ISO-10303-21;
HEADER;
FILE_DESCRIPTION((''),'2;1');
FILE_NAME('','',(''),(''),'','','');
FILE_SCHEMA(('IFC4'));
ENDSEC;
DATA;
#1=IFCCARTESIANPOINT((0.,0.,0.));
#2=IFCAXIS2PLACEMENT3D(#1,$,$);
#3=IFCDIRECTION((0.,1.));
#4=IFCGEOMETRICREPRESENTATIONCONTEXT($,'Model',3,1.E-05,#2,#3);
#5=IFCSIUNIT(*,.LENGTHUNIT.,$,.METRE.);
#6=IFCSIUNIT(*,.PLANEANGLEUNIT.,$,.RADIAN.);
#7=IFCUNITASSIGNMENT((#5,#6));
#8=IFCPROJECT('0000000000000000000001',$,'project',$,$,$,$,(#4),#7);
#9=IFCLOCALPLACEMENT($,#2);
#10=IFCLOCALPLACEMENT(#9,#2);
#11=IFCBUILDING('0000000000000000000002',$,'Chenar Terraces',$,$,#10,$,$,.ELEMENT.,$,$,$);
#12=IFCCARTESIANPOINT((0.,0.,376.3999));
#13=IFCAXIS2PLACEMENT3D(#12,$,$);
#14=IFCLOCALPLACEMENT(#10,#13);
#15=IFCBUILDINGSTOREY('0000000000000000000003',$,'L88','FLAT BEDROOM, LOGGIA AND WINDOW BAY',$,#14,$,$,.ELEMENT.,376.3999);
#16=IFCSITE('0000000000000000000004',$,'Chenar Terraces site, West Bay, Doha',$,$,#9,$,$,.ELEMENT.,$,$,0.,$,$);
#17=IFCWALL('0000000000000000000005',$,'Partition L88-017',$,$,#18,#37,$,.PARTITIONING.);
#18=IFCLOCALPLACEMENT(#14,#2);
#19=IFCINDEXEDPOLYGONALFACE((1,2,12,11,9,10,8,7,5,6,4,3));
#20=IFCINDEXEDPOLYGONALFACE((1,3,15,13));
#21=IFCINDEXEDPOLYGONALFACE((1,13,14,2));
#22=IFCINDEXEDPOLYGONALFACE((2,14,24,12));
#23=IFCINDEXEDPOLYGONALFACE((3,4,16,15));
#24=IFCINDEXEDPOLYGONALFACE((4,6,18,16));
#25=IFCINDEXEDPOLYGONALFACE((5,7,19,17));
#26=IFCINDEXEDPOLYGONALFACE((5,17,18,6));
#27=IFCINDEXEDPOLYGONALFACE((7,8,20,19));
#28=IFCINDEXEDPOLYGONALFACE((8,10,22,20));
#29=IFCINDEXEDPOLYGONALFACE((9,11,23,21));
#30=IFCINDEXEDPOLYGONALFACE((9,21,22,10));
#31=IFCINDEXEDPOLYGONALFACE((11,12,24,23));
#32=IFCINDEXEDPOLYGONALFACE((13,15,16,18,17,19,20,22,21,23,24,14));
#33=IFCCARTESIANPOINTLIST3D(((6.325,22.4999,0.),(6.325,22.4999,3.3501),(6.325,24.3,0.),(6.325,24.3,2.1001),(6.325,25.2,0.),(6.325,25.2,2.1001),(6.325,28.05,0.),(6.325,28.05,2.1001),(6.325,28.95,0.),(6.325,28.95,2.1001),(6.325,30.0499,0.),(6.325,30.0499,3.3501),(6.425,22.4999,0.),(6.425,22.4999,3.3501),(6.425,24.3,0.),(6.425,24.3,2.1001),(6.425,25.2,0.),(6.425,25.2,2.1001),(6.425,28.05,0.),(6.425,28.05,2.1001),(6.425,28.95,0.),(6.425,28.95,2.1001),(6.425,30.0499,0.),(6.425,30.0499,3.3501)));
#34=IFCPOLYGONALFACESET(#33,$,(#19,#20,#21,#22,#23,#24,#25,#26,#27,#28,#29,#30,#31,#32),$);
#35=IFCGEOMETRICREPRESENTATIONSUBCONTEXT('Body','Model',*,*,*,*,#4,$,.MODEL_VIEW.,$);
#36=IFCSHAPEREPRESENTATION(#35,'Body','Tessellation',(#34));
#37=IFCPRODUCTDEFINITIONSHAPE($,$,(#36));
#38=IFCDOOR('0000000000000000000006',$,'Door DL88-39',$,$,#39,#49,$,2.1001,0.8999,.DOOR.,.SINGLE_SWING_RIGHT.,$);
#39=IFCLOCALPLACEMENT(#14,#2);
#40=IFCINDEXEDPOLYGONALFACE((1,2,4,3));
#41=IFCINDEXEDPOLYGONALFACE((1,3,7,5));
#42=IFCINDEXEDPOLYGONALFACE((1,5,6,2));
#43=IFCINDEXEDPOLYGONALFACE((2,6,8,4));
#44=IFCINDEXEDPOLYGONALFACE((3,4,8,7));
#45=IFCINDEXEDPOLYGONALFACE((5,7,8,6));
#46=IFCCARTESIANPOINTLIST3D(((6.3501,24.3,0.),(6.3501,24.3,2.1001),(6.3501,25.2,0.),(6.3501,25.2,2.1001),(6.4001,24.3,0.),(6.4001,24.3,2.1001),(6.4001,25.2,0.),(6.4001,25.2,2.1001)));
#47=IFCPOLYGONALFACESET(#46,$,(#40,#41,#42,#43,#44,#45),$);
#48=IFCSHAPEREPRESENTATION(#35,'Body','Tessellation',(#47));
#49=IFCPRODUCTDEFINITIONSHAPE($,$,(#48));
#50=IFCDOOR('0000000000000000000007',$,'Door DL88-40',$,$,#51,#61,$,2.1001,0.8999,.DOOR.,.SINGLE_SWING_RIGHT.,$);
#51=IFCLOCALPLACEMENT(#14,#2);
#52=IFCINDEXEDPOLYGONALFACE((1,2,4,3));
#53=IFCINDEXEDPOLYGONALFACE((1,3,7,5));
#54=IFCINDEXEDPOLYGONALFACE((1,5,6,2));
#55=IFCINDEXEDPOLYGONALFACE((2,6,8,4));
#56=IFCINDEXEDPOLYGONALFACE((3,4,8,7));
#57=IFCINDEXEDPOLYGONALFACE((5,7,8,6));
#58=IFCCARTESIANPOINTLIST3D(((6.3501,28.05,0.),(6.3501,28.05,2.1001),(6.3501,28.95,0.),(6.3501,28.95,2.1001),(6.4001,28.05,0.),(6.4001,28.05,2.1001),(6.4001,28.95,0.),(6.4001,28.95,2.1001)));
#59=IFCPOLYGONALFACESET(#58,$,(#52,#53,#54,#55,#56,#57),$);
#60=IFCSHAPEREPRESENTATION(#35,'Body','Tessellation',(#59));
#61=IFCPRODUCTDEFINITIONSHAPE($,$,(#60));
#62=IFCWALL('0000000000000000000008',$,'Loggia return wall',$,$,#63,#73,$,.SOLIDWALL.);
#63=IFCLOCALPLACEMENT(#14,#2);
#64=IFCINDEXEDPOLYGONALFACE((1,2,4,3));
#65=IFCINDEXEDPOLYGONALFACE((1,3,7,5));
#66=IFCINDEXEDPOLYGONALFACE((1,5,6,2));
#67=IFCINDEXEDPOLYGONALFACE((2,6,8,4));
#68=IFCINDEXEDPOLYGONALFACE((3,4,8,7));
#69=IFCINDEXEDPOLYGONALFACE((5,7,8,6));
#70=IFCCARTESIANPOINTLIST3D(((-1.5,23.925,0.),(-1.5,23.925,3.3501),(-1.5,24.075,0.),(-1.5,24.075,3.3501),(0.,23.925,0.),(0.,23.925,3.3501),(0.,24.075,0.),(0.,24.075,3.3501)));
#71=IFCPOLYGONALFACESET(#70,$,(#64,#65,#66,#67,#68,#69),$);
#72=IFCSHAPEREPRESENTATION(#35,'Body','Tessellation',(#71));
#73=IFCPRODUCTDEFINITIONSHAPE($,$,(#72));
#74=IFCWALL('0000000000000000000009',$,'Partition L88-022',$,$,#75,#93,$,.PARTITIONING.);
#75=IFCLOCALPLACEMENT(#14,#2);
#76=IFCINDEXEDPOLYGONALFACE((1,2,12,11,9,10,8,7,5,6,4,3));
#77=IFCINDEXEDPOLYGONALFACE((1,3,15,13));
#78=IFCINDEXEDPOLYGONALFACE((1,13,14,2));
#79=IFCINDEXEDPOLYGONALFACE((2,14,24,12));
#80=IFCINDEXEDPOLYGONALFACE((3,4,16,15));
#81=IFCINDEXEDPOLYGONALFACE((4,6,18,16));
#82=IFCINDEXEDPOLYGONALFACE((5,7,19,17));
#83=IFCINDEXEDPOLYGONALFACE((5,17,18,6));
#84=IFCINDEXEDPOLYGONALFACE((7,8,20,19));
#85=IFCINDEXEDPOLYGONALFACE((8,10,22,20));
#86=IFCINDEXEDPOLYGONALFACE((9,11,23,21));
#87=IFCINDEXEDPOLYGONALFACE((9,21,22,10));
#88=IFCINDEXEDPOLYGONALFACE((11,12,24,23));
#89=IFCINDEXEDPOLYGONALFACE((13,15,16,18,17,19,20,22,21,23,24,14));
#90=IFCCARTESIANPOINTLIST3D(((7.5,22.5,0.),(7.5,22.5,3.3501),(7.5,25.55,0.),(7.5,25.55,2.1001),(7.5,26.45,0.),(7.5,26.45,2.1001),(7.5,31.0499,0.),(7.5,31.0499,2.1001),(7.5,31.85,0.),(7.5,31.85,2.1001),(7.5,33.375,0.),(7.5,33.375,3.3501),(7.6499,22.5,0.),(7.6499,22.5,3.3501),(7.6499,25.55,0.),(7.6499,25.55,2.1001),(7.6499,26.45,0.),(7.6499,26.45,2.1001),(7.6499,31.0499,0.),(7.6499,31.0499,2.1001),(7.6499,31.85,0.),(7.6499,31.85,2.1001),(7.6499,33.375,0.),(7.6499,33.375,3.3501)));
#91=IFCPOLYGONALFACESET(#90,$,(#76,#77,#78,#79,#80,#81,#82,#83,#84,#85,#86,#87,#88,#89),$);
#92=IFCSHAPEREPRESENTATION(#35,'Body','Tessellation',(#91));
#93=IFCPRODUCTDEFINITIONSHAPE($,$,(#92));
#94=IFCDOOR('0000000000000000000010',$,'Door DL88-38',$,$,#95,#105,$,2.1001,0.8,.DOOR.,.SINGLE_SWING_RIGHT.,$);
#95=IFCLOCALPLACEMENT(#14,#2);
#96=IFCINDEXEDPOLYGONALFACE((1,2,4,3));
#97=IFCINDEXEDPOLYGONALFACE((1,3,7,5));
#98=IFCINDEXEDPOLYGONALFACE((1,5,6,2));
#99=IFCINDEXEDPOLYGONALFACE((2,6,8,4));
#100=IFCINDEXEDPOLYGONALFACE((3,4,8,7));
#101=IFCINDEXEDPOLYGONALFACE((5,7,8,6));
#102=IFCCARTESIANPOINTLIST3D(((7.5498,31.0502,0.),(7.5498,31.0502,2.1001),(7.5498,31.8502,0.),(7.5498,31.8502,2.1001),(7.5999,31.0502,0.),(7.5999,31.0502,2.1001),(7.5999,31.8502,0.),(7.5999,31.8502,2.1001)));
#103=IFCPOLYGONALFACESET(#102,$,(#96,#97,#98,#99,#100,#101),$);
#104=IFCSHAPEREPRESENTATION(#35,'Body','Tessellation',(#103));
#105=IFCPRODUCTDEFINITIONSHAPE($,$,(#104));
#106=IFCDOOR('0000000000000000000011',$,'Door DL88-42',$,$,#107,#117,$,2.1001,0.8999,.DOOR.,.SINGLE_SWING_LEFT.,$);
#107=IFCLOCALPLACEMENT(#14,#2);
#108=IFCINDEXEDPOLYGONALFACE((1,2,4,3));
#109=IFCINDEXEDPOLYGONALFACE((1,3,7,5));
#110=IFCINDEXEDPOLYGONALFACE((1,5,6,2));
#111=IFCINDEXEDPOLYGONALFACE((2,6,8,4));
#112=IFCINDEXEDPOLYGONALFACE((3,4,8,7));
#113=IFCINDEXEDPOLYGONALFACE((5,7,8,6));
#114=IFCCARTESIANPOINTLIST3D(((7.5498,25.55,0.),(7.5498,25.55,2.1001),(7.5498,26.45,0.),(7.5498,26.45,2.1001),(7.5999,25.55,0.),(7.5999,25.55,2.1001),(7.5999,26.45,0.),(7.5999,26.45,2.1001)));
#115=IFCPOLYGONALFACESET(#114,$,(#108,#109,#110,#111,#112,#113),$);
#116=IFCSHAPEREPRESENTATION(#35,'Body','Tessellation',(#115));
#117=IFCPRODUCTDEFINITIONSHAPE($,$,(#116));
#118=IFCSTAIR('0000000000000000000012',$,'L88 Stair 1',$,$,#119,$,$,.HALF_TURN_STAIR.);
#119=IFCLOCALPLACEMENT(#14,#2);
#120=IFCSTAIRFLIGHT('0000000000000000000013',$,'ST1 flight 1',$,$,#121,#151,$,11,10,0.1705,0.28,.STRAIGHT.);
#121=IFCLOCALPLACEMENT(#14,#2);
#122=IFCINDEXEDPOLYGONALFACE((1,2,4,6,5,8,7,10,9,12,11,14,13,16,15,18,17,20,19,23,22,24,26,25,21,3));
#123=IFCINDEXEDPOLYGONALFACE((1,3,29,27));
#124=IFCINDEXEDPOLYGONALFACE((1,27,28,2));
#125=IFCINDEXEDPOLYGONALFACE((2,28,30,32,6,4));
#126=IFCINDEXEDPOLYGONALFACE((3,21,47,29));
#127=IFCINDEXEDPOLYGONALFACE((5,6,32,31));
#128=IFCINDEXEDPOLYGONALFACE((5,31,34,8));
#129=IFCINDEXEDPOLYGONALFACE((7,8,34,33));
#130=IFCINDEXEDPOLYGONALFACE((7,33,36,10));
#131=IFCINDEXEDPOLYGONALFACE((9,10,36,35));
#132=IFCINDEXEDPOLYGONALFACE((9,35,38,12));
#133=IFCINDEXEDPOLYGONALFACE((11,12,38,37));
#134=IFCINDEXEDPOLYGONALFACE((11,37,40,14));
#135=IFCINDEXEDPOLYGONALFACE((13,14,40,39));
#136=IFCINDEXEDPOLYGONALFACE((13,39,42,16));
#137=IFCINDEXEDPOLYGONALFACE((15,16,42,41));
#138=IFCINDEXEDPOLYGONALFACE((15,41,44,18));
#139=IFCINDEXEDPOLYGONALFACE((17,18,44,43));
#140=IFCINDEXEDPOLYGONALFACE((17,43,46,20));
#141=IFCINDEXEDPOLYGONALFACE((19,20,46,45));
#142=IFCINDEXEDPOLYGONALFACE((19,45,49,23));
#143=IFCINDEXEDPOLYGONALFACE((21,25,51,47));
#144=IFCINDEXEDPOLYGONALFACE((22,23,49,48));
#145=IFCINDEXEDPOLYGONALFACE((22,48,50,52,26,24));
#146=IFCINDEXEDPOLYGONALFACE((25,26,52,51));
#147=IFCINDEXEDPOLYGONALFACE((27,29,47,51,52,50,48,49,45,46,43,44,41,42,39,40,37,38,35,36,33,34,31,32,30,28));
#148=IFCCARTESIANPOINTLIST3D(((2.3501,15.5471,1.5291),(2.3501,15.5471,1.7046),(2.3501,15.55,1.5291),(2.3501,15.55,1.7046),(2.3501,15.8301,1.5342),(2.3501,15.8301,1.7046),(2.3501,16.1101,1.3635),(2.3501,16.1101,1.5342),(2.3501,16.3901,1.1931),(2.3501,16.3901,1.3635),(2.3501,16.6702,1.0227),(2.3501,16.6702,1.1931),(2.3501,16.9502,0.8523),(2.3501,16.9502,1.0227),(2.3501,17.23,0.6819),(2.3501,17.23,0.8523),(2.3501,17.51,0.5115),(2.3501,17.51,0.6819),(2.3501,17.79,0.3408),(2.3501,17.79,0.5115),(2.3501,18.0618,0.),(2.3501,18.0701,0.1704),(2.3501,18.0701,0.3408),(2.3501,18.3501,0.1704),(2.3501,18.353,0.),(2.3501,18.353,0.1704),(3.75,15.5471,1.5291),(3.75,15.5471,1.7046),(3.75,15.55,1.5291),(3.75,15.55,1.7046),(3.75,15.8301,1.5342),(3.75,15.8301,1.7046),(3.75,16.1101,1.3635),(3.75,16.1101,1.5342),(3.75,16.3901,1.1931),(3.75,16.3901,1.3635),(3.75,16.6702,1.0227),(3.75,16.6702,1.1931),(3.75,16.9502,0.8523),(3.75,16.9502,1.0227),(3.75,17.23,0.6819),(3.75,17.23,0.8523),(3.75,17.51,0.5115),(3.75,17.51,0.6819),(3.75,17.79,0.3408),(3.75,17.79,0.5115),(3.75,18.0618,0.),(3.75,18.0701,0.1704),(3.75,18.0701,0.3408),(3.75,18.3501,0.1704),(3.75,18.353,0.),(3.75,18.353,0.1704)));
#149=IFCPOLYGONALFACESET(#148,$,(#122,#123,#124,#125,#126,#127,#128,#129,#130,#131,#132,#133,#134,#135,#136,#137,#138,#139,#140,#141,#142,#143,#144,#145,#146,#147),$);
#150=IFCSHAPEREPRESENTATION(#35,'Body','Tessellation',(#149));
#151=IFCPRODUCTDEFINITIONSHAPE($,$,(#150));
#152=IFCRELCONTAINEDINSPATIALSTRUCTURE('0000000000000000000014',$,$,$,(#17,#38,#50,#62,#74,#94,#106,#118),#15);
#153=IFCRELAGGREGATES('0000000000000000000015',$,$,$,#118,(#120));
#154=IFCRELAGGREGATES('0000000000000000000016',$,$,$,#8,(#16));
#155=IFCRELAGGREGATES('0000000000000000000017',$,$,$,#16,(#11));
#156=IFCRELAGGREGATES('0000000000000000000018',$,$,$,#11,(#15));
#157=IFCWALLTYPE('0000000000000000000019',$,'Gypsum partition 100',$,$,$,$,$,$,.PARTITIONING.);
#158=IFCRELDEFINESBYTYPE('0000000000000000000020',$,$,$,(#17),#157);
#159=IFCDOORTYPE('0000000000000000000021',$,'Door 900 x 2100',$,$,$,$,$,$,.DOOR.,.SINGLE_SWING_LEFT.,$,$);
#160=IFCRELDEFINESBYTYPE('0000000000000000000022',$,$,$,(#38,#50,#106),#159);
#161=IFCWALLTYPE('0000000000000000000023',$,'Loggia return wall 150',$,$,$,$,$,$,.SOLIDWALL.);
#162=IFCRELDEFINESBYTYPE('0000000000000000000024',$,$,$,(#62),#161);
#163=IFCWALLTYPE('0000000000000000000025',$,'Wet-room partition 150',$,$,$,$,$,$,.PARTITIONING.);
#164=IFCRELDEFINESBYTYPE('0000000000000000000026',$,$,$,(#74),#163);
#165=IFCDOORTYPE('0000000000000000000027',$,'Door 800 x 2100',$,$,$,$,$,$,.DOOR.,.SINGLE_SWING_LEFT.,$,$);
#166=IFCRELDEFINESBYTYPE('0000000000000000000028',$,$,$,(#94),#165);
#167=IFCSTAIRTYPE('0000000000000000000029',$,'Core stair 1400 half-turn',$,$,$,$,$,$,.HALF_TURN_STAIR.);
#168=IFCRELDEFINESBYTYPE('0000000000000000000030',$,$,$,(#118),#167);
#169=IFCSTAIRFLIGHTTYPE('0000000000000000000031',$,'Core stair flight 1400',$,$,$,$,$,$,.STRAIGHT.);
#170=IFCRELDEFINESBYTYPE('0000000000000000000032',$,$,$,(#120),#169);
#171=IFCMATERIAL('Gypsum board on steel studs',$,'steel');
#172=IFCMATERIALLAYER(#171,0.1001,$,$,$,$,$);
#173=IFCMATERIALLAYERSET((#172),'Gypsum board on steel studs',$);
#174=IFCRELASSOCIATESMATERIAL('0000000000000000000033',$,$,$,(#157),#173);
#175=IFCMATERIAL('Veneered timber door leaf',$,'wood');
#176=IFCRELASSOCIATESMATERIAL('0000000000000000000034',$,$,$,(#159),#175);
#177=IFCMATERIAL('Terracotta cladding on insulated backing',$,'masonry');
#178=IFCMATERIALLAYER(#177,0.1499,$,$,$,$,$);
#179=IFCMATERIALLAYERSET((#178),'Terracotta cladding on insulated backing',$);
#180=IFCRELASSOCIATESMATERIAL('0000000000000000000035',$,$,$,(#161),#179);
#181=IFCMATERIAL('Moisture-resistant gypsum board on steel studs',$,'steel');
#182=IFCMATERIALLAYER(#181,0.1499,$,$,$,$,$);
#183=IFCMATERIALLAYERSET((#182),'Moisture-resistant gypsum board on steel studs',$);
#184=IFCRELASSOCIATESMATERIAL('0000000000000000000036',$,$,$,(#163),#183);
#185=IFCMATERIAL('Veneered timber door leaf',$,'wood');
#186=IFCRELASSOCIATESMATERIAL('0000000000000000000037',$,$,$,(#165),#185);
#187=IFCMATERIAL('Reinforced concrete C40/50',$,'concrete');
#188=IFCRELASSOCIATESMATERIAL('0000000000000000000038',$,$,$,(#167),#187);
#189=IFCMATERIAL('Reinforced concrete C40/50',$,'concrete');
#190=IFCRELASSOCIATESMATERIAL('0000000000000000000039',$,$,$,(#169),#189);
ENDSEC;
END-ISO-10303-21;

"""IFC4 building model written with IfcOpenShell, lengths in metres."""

from ifc_helpers import new_model, si_unit, direction, frame, frame_2d, origin, place, context, subcontext, project, spatial, polyline, rectangle, outline, extrude, material, layer, layer_set, type_object, element, fill, aggregate, save


model = new_model("IFC4")

# Units and contexts
model_context = context("Model", 3, precision=1e-05, world=origin(), true_north=direction((0.0, 1.0)))
body_context = subcontext(model_context, "Body", "Model", "MODEL_VIEW")
ifc_project = project(units=[si_unit("LENGTHUNIT", "METRE"), si_unit("PLANEANGLEUNIT", "RADIAN")], contexts=[model_context])

# Site, building, storey
site_placement = place(None, origin())
site = spatial("IfcSite", under=ifc_project, at=site_placement, Name="Chenar Terraces site, West Bay, Doha", CompositionType="ELEMENT", RefElevation=0.0)
building_placement = place(site_placement, origin())
building = spatial("IfcBuilding", under=site, at=building_placement, Name="Chenar Terraces", CompositionType="ELEMENT")
storey_placement = place(building_placement, frame((0.0, 0.0, 376.3999)))
storey = spatial("IfcBuildingStorey", under=building, at=storey_placement, Name="L88", Description="FLAT BEDROOM, LOGGIA AND WINDOW BAY", CompositionType="ELEMENT", Elevation=376.3999)

# Wall, openings, doors
ifc_material_1 = material(Name="Gypsum board on steel studs", Category="steel")
ifc_layer_1 = layer(ifc_material_1, 0.1001)
ifc_layer_set_1 = layer_set([ifc_layer_1], Name="Gypsum board on steel studs")
wall_type_1 = type_object("IfcWallType", Name="Gypsum partition 100", PredefinedType="PARTITIONING", material=ifc_layer_set_1)
wall_1_placement = place(storey_placement, frame((6.375, 22.5, 0.0), z_axis=(0.0, 0.0, 1.0), x_axis=(0.0, 1.0, 0.0)))
wall_1 = element("IfcWall", 1, at=wall_1_placement, inside=storey, type_object=wall_type_1, Name="Partition L88-017", PredefinedType="PARTITIONING", context=body_context, shape_type="SweptSolid", body=[
    extrude(rectangle(XDim=7.55, YDim=0.1001, at=frame_2d((3.7749, 0.0))), origin(), (0.0, 0.0, 1.0), 3.3501),
])
opening_1_placement = place(wall_1_placement, frame((1.8, 0.0, 0.0)))
opening_1 = element("IfcOpeningElement", 2, at=opening_1_placement, cuts=wall_1, PredefinedType="OPENING", context=body_context, shape_type="SweptSolid", body=[
    extrude(rectangle(XDim=0.8999, YDim=2.1001, at=frame_2d((0.45, 1.05))), frame((0.0, 0.0601, 0.0), z_axis=(0.0, -1.0, 0.0), x_axis=(1.0, 0.0, 0.0)), (0.0, 0.0, 1.0), 0.1201),
])
opening_2_placement = place(wall_1_placement, frame((5.55, 0.0, 0.0)))
opening_2 = element("IfcOpeningElement", 3, at=opening_2_placement, cuts=wall_1, PredefinedType="OPENING", context=body_context, shape_type="SweptSolid", body=[
    extrude(rectangle(XDim=0.8999, YDim=2.1001, at=frame_2d((0.45, 1.05))), frame((0.0, 0.0601, 0.0), z_axis=(0.0, -1.0, 0.0), x_axis=(1.0, 0.0, 0.0)), (0.0, 0.0, 1.0), 0.1201),
])
ifc_material_2 = material(Name="Veneered timber door leaf", Category="wood")
door_type_1 = type_object("IfcDoorType", Name="Door 900 x 2100", OperationType="SINGLE_SWING_LEFT", PredefinedType="DOOR", material=ifc_material_2)
door_1_placement = place(opening_1_placement, origin())
door_1 = element("IfcDoor", 4, at=door_1_placement, inside=storey, type_object=door_type_1, Name="Door DL88-39", OperationType="SINGLE_SWING_RIGHT", OverallHeight=2.1001, OverallWidth=0.8999, PredefinedType="DOOR", context=body_context, shape_type="SweptSolid", body=[
    extrude(rectangle(XDim=0.8999, YDim=2.1001, at=frame_2d((0.45, 1.05))), frame((0.0, 0.0249, 0.0), z_axis=(0.0, -1.0, 0.0), x_axis=(1.0, 0.0, 0.0)), (0.0, 0.0, 1.0), 0.05),
])
fill(opening_1, door_1)
door_2_placement = place(opening_2_placement, origin())
door_2 = element("IfcDoor", 5, at=door_2_placement, inside=storey, type_object=door_type_1, Name="Door DL88-40", OperationType="SINGLE_SWING_RIGHT", OverallHeight=2.1001, OverallWidth=0.8999, PredefinedType="DOOR", context=body_context, shape_type="SweptSolid", body=[
    extrude(rectangle(XDim=0.8999, YDim=2.1001, at=frame_2d((0.45, 1.05))), frame((0.0, 0.0249, 0.0), z_axis=(0.0, -1.0, 0.0), x_axis=(1.0, 0.0, 0.0)), (0.0, 0.0, 1.0), 0.05),
])
fill(opening_2, door_2)

# Wall
ifc_material_3 = material(Name="Terracotta cladding on insulated backing", Category="masonry")
ifc_layer_2 = layer(ifc_material_3, 0.1499)
ifc_layer_set_2 = layer_set([ifc_layer_2], Name="Terracotta cladding on insulated backing")
wall_type_2 = type_object("IfcWallType", Name="Loggia return wall 150", PredefinedType="SOLIDWALL", material=ifc_layer_set_2)
wall_2_placement = place(storey_placement, frame((-1.5, 24.0, 0.0), z_axis=(0.0, 0.0, 1.0), x_axis=(1.0, 0.0, 0.0)))
element("IfcWall", 6, at=wall_2_placement, inside=storey, type_object=wall_type_2, Name="Loggia return wall", PredefinedType="SOLIDWALL", context=body_context, shape_type="SweptSolid", body=[
    extrude(rectangle(XDim=1.5, YDim=0.1499, at=frame_2d((0.75, 0.0))), origin(), (0.0, 0.0, 1.0), 3.3501),
])

# Wall, openings, doors
ifc_material_4 = material(Name="Moisture-resistant gypsum board on steel studs", Category="steel")
ifc_layer_3 = layer(ifc_material_4, 0.1499)
ifc_layer_set_3 = layer_set([ifc_layer_3], Name="Moisture-resistant gypsum board on steel studs")
wall_type_3 = type_object("IfcWallType", Name="Wet-room partition 150", PredefinedType="PARTITIONING", material=ifc_layer_set_3)
wall_3_placement = place(storey_placement, frame((7.575, 22.5, 0.0), z_axis=(0.0, 0.0, 1.0), x_axis=(0.0, 1.0, 0.0)))
wall_3 = element("IfcWall", 7, at=wall_3_placement, inside=storey, type_object=wall_type_3, Name="Partition L88-022", PredefinedType="PARTITIONING", context=body_context, shape_type="SweptSolid", body=[
    extrude(rectangle(XDim=10.875, YDim=0.1499, at=frame_2d((5.4375, 0.0))), origin(), (0.0, 0.0, 1.0), 3.3501),
])
opening_3_placement = place(wall_3_placement, frame((8.55, 0.0, 0.0)))
opening_3 = element("IfcOpeningElement", 8, at=opening_3_placement, cuts=wall_3, PredefinedType="OPENING", context=body_context, shape_type="SweptSolid", body=[
    extrude(rectangle(XDim=0.8, YDim=2.1001, at=frame_2d((0.3999, 1.05))), frame((0.0, 0.085, 0.0), z_axis=(0.0, -1.0, 0.0), x_axis=(1.0, 0.0, 0.0)), (0.0, 0.0, 1.0), 0.1699),
])
opening_4_placement = place(wall_3_placement, frame((3.05, 0.0, 0.0)))
opening_4 = element("IfcOpeningElement", 9, at=opening_4_placement, cuts=wall_3, PredefinedType="OPENING", context=body_context, shape_type="SweptSolid", body=[
    extrude(rectangle(XDim=0.8999, YDim=2.1001, at=frame_2d((0.45, 1.05))), frame((0.0, 0.085, 0.0), z_axis=(0.0, -1.0, 0.0), x_axis=(1.0, 0.0, 0.0)), (0.0, 0.0, 1.0), 0.1699),
])
ifc_material_5 = material(Name="Veneered timber door leaf", Category="wood")
door_type_2 = type_object("IfcDoorType", Name="Door 800 x 2100", OperationType="SINGLE_SWING_LEFT", PredefinedType="DOOR", material=ifc_material_5)
door_3_placement = place(opening_3_placement, frame((0.8, 0.0, 0.0), z_axis=(0.0, 0.0, 1.0), x_axis=(-1.0, 0.0, 0.0)))
door_3 = element("IfcDoor", 10, at=door_3_placement, inside=storey, type_object=door_type_2, Name="Door DL88-38", OperationType="SINGLE_SWING_RIGHT", OverallHeight=2.1001, OverallWidth=0.8, PredefinedType="DOOR", context=body_context, shape_type="SweptSolid", body=[
    extrude(rectangle(XDim=0.8, YDim=2.1001, at=frame_2d((0.3999, 1.05))), frame((0.0, 0.0249, 0.0), z_axis=(0.0, -1.0, 0.0), x_axis=(1.0, 0.0, 0.0)), (0.0, 0.0, 1.0), 0.05),
])
fill(opening_3, door_3)
door_4_placement = place(opening_4_placement, frame((0.8999, 0.0, 0.0), z_axis=(0.0, 0.0, 1.0), x_axis=(-1.0, 0.0, 0.0)))
door_4 = element("IfcDoor", 11, at=door_4_placement, inside=storey, type_object=door_type_1, Name="Door DL88-42", OperationType="SINGLE_SWING_LEFT", OverallHeight=2.1001, OverallWidth=0.8999, PredefinedType="DOOR", context=body_context, shape_type="SweptSolid", body=[
    extrude(rectangle(XDim=0.8999, YDim=2.1001, at=frame_2d((0.45, 1.05))), frame((0.0, 0.0249, 0.0), z_axis=(0.0, -1.0, 0.0), x_axis=(1.0, 0.0, 0.0)), (0.0, 0.0, 1.0), 0.05),
])
fill(opening_4, door_4)

# Stair, stair flight
ifc_material_6 = material(Name="Reinforced concrete C40/50", Category="concrete")
stair_type = type_object("IfcStairType", Name="Core stair 1400 half-turn", PredefinedType="HALF_TURN_STAIR", material=ifc_material_6)
stair_placement = place(storey_placement, origin())
stair = element("IfcStair", 12, at=stair_placement, inside=storey, type_object=stair_type, Name="L88 Stair 1", PredefinedType="HALF_TURN_STAIR")
ifc_material_7 = material(Name="Reinforced concrete C40/50", Category="concrete")
stair_flight_type = type_object("IfcStairFlightType", Name="Core stair flight 1400", PredefinedType="STRAIGHT", material=ifc_material_7)
stair_flight_1_placement = place(storey_placement, frame((3.05, 18.3501, 0.0), z_axis=(0.0, 0.0, 1.0), x_axis=(0.0, -1.0, 0.0)))
stair_flight_1 = element("IfcStairFlight", 13, at=stair_flight_1_placement, type_object=stair_flight_type, Name="ST1 flight 1", NumberOfRisers=11, NumberOfTreads=10, PredefinedType="STRAIGHT", RiserHeight=0.1705, TreadLength=0.28, context=body_context, shape_type="SweptSolid", body=[
    extrude(outline(polyline([(-0.0029, 0.0), (-0.0029, 0.1704), (0.0, 0.1704), (0.28, 0.1704), (0.28, 0.3408), (0.5601, 0.3408), (0.5601, 0.5115), (0.8401, 0.5115), (0.8401, 0.6819), (1.1201, 0.6819), (1.1201, 0.8523), (1.3999, 0.8523), (1.3999, 1.0227), (1.6799, 1.0227), (1.6799, 1.1931), (1.96, 1.1931), (1.96, 1.3635), (2.24, 1.3635), (2.24, 1.5342), (2.52, 1.5342), (2.52, 1.7046), (2.8, 1.7046), (2.803, 1.7046), (2.803, 1.5291), (2.8, 1.5291), (0.2883, 0.0), (-0.0029, 0.0)])), frame((0.0, 0.7, 0.0), z_axis=(0.0, -1.0, 0.0), x_axis=(1.0, 0.0, 0.0)), (0.0, 0.0, 1.0), 1.3999),
])
aggregate(stair, [stair_flight_1])

save(model, "model.ifc")
